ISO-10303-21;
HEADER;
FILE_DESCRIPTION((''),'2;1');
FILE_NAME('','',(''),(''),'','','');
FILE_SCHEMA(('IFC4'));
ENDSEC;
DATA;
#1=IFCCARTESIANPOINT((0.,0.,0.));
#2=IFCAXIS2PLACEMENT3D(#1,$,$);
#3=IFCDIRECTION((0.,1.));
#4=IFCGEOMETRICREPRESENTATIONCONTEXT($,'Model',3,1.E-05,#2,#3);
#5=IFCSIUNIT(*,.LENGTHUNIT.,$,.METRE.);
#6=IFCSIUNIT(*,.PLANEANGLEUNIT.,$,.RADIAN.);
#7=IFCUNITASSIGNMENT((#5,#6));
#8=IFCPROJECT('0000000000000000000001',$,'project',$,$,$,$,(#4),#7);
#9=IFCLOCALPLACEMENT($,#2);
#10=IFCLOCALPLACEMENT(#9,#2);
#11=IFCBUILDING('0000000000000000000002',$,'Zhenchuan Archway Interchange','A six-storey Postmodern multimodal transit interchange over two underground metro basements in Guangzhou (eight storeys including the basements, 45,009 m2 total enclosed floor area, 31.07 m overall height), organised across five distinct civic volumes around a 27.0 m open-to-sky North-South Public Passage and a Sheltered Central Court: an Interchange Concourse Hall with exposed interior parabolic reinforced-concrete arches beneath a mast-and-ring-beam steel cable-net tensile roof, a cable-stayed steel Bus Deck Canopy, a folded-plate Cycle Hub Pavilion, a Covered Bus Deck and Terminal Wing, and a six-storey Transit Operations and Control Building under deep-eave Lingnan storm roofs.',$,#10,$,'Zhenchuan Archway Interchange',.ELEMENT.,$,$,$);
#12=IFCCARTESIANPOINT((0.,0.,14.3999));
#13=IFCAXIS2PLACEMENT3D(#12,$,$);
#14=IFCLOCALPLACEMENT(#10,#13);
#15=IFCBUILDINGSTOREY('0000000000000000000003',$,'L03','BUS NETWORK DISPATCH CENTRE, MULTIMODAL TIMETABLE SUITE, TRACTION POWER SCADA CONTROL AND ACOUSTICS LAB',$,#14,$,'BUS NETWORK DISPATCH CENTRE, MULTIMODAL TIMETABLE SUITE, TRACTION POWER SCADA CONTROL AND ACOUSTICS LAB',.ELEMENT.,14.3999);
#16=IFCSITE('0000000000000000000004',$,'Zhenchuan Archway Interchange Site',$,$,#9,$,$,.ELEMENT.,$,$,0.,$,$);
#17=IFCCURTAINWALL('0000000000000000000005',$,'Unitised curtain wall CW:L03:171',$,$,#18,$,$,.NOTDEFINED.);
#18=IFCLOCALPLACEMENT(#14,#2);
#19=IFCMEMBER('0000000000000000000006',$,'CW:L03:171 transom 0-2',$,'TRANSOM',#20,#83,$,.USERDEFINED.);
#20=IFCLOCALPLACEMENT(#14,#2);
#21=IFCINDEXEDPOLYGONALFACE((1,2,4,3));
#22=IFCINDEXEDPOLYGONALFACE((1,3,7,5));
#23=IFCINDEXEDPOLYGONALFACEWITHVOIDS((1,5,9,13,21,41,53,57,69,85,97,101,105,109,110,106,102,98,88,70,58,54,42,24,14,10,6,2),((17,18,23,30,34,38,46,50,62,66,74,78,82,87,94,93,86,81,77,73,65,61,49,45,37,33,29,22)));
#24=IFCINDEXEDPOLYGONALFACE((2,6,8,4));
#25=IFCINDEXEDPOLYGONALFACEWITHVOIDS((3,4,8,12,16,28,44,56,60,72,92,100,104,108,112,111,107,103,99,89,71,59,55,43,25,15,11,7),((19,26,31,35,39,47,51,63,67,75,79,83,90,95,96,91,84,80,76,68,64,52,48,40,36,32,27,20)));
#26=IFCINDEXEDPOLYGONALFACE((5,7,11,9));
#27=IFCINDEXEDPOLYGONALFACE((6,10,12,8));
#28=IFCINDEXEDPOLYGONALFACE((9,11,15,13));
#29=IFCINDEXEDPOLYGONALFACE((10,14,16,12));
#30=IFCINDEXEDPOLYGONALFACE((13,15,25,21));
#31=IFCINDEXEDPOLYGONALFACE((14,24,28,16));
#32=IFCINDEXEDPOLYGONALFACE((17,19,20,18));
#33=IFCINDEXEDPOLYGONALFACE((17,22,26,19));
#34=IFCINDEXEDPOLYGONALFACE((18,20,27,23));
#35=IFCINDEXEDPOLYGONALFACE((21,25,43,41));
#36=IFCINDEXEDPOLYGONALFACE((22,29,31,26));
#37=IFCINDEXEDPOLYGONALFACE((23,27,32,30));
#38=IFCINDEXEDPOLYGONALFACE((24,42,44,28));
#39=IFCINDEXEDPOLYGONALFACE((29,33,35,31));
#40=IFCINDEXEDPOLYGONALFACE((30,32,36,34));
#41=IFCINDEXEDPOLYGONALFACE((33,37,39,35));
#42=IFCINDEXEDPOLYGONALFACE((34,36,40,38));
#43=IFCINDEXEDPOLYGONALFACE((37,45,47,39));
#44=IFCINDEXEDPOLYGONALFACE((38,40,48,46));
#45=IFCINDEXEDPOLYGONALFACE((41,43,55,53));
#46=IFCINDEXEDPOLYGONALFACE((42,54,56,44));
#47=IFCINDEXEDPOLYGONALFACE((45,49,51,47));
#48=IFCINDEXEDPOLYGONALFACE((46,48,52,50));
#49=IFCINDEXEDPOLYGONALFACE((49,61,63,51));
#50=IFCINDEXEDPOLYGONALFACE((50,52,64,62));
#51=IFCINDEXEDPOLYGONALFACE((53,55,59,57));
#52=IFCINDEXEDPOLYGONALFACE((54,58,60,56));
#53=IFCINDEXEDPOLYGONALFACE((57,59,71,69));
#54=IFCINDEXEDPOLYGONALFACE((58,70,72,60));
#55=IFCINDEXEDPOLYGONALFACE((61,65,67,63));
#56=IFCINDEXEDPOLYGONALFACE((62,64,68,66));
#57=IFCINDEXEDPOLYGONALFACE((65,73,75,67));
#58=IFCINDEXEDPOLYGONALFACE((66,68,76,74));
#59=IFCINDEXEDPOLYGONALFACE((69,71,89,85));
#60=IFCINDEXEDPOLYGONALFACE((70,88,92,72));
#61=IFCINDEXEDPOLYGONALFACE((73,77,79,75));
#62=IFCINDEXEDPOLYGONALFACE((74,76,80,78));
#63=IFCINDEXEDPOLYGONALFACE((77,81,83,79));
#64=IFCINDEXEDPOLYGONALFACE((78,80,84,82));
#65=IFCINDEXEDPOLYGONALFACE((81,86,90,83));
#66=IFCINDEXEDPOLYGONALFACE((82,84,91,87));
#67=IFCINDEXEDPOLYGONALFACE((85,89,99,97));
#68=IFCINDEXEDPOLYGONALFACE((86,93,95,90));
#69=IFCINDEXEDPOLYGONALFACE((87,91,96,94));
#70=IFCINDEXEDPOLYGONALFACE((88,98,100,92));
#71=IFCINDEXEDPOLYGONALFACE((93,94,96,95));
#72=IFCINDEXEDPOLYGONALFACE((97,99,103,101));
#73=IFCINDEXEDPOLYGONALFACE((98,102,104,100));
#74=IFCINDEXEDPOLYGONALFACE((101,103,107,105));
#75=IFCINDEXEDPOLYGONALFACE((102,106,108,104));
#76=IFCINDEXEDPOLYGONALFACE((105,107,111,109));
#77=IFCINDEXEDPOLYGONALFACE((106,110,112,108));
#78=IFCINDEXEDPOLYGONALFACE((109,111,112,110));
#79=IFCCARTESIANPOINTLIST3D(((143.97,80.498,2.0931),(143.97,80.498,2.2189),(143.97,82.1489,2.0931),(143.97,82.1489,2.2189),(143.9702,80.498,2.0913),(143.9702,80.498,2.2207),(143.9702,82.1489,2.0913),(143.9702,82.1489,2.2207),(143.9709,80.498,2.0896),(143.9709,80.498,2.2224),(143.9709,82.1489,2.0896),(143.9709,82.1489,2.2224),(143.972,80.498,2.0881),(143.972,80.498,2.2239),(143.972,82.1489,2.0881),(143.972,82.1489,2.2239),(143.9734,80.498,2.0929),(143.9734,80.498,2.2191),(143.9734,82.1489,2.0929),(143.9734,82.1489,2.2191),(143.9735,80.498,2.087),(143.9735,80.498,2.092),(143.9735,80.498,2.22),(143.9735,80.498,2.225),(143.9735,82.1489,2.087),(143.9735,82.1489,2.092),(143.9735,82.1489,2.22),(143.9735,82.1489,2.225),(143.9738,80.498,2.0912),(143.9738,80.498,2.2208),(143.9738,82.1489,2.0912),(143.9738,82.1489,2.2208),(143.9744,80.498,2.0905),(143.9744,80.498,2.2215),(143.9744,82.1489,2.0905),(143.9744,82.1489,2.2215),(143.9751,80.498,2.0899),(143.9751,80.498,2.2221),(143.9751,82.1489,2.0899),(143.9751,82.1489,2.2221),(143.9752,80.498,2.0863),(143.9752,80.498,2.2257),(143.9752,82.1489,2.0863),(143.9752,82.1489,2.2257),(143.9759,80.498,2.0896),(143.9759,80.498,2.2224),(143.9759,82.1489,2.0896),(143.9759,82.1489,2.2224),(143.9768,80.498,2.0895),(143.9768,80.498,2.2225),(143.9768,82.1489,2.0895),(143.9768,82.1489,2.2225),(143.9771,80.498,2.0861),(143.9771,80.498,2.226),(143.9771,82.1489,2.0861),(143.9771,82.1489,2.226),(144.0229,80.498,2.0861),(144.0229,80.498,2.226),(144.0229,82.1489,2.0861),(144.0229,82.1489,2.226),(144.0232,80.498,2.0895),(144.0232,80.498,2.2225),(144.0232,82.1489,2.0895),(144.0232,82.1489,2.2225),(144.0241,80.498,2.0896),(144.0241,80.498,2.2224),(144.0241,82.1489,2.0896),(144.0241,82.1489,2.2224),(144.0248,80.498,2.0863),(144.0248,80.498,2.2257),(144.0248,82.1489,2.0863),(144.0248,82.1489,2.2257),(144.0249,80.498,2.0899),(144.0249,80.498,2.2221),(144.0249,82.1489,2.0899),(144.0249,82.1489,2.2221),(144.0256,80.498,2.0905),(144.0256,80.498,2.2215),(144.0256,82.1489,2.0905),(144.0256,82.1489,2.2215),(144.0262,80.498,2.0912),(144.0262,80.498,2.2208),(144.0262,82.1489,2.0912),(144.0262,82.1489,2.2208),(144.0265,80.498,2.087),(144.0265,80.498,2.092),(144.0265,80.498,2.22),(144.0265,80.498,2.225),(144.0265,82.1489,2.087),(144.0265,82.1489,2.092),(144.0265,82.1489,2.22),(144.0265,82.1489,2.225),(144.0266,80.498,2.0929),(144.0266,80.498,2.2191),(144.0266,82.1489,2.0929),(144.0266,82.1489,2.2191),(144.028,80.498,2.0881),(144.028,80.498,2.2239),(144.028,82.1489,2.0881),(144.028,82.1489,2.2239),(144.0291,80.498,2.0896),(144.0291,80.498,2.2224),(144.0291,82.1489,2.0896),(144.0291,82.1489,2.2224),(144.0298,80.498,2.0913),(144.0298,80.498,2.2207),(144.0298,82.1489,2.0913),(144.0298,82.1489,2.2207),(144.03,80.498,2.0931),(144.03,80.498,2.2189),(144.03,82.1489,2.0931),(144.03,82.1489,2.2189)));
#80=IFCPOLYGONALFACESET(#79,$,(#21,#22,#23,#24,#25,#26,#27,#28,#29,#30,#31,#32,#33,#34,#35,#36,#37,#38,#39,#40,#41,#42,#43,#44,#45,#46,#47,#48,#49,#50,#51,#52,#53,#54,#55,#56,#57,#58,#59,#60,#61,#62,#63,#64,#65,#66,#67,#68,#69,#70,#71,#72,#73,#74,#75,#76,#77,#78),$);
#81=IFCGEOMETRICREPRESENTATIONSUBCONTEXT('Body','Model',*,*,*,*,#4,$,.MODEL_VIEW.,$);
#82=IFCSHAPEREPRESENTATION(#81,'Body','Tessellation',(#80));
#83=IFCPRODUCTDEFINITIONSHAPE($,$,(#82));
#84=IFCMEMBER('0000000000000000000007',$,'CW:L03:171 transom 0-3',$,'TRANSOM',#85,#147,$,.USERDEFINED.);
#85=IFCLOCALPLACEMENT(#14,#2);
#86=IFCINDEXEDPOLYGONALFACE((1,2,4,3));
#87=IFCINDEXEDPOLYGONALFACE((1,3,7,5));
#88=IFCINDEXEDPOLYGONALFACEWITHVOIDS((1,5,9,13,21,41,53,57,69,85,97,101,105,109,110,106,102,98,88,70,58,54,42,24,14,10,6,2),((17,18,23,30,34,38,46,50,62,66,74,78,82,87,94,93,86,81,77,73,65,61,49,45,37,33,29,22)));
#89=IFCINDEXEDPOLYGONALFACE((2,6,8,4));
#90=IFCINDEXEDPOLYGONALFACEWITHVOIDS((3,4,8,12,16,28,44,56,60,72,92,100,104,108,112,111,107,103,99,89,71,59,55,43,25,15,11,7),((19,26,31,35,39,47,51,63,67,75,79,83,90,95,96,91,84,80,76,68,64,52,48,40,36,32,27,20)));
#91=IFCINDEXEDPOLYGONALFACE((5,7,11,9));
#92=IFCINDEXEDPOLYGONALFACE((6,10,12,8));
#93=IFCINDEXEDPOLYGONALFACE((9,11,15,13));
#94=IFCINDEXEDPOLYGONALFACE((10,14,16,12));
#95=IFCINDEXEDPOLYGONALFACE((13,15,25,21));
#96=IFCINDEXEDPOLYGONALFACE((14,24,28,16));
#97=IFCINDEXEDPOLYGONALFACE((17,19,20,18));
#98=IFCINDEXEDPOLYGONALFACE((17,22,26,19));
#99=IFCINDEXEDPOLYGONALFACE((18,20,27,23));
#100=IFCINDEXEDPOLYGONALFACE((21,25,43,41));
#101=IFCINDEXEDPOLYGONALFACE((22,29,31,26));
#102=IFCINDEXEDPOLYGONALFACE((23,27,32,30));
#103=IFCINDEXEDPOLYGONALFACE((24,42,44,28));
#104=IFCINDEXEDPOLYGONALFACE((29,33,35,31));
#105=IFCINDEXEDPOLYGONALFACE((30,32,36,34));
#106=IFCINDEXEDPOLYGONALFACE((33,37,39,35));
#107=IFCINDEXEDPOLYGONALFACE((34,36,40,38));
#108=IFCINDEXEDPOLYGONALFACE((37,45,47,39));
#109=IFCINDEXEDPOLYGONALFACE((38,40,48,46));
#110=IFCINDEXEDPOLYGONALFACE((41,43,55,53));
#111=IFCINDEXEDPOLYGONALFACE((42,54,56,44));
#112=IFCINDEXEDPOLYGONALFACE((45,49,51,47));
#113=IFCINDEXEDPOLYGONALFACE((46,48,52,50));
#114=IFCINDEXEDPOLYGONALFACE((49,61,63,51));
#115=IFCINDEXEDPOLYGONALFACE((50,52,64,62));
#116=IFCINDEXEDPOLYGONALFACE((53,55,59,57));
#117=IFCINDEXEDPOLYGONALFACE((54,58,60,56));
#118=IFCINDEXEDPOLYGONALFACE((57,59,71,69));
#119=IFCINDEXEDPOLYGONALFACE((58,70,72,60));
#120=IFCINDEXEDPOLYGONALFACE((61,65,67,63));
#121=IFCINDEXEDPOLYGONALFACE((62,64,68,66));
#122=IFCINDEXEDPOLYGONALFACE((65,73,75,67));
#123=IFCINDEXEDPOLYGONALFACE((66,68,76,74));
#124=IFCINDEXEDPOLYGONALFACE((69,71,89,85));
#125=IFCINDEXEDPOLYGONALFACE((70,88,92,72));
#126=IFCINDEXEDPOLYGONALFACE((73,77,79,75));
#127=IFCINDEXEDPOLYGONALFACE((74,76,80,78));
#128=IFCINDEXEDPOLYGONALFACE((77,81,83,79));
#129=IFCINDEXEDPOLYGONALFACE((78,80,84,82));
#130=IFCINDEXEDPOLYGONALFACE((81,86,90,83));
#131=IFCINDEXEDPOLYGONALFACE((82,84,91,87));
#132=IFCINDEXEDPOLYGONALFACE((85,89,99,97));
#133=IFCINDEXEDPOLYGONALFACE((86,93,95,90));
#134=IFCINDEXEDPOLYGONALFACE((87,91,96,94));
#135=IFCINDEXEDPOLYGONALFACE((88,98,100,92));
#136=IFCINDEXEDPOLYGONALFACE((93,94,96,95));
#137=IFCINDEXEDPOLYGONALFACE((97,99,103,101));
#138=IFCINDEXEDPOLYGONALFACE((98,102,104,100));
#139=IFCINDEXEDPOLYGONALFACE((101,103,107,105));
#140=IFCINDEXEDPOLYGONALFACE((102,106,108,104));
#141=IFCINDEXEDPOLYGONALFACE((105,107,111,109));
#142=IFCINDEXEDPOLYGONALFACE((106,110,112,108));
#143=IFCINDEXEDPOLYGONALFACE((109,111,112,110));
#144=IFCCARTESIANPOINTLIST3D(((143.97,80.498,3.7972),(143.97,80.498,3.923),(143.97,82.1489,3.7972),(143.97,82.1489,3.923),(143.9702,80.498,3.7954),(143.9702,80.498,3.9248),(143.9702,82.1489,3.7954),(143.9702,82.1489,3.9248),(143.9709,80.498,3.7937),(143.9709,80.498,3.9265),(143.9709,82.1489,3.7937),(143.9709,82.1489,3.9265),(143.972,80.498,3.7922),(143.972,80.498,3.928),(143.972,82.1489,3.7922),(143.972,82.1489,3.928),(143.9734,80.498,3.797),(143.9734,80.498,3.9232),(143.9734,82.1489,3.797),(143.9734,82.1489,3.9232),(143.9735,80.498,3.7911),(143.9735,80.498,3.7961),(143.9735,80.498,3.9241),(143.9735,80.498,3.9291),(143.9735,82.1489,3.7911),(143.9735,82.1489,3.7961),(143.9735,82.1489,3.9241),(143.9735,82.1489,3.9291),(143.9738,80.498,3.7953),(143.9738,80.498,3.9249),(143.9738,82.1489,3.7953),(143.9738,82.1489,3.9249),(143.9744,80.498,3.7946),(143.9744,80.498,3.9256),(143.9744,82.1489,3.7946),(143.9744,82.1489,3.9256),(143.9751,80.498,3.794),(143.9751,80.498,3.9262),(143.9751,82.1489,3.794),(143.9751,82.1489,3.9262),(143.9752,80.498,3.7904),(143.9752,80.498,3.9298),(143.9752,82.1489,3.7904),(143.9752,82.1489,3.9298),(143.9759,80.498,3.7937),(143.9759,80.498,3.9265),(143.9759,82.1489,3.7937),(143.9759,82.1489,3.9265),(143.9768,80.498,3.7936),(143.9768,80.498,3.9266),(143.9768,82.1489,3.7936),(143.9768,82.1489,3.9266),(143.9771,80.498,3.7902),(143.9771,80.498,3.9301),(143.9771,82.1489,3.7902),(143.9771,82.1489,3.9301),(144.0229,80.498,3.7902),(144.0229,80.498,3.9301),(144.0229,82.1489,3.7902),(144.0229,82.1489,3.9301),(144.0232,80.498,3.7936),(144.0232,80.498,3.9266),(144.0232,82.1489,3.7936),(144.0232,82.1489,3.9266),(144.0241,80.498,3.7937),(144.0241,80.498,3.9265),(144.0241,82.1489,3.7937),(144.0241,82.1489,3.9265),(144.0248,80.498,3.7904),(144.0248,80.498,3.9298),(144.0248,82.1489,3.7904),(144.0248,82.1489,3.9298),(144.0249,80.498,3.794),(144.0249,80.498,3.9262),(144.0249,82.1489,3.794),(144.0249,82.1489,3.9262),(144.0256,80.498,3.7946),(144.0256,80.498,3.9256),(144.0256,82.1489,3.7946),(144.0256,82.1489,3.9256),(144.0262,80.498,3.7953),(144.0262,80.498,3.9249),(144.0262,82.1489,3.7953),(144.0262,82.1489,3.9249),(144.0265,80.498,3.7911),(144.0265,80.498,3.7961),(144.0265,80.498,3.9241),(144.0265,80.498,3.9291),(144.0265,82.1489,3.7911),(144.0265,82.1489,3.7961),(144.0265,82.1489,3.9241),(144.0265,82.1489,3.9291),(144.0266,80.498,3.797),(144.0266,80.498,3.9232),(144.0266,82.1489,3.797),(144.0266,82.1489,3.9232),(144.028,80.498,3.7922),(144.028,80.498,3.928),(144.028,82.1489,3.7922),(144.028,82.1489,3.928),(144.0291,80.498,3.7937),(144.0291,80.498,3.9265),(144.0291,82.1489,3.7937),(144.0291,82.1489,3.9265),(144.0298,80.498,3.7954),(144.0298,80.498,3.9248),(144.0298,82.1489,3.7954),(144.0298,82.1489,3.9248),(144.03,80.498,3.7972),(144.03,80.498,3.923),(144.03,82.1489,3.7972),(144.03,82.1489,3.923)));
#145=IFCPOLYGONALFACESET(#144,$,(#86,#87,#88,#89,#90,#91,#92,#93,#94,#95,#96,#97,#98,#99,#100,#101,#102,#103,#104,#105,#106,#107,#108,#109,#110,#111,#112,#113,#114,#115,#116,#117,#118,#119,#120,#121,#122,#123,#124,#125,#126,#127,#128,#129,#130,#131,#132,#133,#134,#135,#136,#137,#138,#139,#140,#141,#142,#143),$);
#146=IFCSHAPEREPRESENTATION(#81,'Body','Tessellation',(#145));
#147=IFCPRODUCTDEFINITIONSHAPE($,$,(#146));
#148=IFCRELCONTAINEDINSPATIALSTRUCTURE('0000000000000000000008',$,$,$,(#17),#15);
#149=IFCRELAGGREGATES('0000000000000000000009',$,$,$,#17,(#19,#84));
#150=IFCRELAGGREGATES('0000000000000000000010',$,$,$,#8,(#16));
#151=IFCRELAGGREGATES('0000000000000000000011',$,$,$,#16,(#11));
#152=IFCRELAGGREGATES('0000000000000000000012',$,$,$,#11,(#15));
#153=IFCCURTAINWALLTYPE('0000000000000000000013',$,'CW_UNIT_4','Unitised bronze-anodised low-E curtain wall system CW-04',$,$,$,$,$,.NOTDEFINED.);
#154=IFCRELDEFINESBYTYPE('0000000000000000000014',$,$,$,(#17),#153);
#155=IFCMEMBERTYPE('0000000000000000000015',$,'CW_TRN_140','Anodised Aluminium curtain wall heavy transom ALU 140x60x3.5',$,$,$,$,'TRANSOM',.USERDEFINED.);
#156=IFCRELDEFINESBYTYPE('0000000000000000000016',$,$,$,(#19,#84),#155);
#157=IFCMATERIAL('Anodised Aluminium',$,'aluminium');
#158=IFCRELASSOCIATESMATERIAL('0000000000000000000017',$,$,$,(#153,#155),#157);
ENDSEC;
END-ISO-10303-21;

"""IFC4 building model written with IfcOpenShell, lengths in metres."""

from ifc_helpers import new_model, si_unit, direction, frame, origin, origin_2d, place, context, subcontext, project, spatial, hollow_rectangle, extrude, material, material_profile, profile_set, type_object, element, aggregate, save


model = new_model("IFC4")

# Units and contexts
model_context = context("Model", 3, precision=1e-05, world=origin(), true_north=direction((0.0, 1.0)))
body_context = subcontext(model_context, "Body", "Model", "MODEL_VIEW")
ifc_project = project(units=[si_unit("LENGTHUNIT", "METRE"), si_unit("PLANEANGLEUNIT", "RADIAN")], contexts=[model_context])

# Site, building, storey
site_placement = place(None, origin())
site = spatial("IfcSite", under=ifc_project, at=site_placement, Name="Zhenchuan Archway Interchange Site", CompositionType="ELEMENT", RefElevation=0.0)
building_placement = place(site_placement, origin())
building = spatial("IfcBuilding", under=site, at=building_placement, Name="Zhenchuan Archway Interchange", Description="A six-storey Postmodern multimodal transit interchange over two underground metro basements in Guangzhou (eight storeys including the basements, 45,009 m2 total enclosed floor area, 31.07 m overall height), organised across five distinct civic volumes around a 27.0 m open-to-sky North-South Public Passage and a Sheltered Central Court: an Interchange Concourse Hall with exposed interior parabolic reinforced-concrete arches beneath a mast-and-ring-beam steel cable-net tensile roof, a cable-stayed steel Bus Deck Canopy, a folded-plate Cycle Hub Pavilion, a Covered Bus Deck and Terminal Wing, and a six-storey Transit Operations and Control Building under deep-eave Lingnan storm roofs.", LongName="Zhenchuan Archway Interchange", CompositionType="ELEMENT")
storey_placement = place(building_placement, frame((0.0, 0.0, 14.3999)))
storey = spatial("IfcBuildingStorey", under=building, at=storey_placement, Name="L03", Description="BUS NETWORK DISPATCH CENTRE, MULTIMODAL TIMETABLE SUITE, TRACTION POWER SCADA CONTROL AND ACOUSTICS LAB", LongName="BUS NETWORK DISPATCH CENTRE, MULTIMODAL TIMETABLE SUITE, TRACTION POWER SCADA CONTROL AND ACOUSTICS LAB", CompositionType="ELEMENT", Elevation=14.3999)

# Curtain wall
ifc_material_1 = material(Name="Anodised Aluminium", Category="aluminium")
curtain_wall_type_1 = type_object("IfcCurtainWallType", Name="CW_UNIT_4", Description="Unitised bronze-anodised low-E curtain wall system CW-04", PredefinedType="NOTDEFINED", material=ifc_material_1)
curtain_wall_1_placement = place(storey_placement, origin())
curtain_wall_1 = element("IfcCurtainWall", 1, at=curtain_wall_1_placement, inside=storey, type_object=curtain_wall_type_1, Name="Unitised curtain wall CW:L03:171", PredefinedType="NOTDEFINED")

# Members
ifc_material_profile_1 = material_profile(ifc_material_1, hollow_rectangle(XDim=0.0601, YDim=0.1399, WallThickness=0.0034, InnerFilletRadius=0.0034, OuterFilletRadius=0.0071, at=origin_2d()), Name="ALU 140x60x3.5")
ifc_profile_set_1 = profile_set([ifc_material_profile_1], Name="Anodised Aluminium")
member_type_1 = type_object("IfcMemberType", Name="CW_TRN_140", Description="Anodised Aluminium curtain wall heavy transom ALU 140x60x3.5", ElementType="TRANSOM", PredefinedType="USERDEFINED", material=ifc_profile_set_1)
member_1_placement = place(storey_placement, frame((144.0, 80.498, 2.156), z_axis=(0.0, 1.0, 0.0), x_axis=(-1.0, 0.0, 0.0)))
member_1 = element("IfcMember", 2, at=member_1_placement, type_object=member_type_1, Name="CW:L03:171 transom 0-2", ObjectType="TRANSOM", PredefinedType="USERDEFINED", context=body_context, shape_type="SweptSolid", body=[
    extrude(hollow_rectangle(XDim=0.0601, YDim=0.1399, WallThickness=0.0034, InnerFilletRadius=0.0034, OuterFilletRadius=0.0071, at=origin_2d()), origin(), (0.0, 0.0, 1.0), 1.6509),
])
member_2_placement = place(storey_placement, frame((144.0, 80.498, 3.8601), z_axis=(0.0, 1.0, 0.0), x_axis=(-1.0, 0.0, 0.0)))
member_2 = element("IfcMember", 3, at=member_2_placement, type_object=member_type_1, Name="CW:L03:171 transom 0-3", ObjectType="TRANSOM", PredefinedType="USERDEFINED", context=body_context, shape_type="SweptSolid", body=[
    extrude(hollow_rectangle(XDim=0.0601, YDim=0.1399, WallThickness=0.0034, InnerFilletRadius=0.0034, OuterFilletRadius=0.0071, at=origin_2d()), origin(), (0.0, 0.0, 1.0), 1.6509),
])

aggregate(curtain_wall_1, [member_1, member_2])

save(model, "model.ifc")
